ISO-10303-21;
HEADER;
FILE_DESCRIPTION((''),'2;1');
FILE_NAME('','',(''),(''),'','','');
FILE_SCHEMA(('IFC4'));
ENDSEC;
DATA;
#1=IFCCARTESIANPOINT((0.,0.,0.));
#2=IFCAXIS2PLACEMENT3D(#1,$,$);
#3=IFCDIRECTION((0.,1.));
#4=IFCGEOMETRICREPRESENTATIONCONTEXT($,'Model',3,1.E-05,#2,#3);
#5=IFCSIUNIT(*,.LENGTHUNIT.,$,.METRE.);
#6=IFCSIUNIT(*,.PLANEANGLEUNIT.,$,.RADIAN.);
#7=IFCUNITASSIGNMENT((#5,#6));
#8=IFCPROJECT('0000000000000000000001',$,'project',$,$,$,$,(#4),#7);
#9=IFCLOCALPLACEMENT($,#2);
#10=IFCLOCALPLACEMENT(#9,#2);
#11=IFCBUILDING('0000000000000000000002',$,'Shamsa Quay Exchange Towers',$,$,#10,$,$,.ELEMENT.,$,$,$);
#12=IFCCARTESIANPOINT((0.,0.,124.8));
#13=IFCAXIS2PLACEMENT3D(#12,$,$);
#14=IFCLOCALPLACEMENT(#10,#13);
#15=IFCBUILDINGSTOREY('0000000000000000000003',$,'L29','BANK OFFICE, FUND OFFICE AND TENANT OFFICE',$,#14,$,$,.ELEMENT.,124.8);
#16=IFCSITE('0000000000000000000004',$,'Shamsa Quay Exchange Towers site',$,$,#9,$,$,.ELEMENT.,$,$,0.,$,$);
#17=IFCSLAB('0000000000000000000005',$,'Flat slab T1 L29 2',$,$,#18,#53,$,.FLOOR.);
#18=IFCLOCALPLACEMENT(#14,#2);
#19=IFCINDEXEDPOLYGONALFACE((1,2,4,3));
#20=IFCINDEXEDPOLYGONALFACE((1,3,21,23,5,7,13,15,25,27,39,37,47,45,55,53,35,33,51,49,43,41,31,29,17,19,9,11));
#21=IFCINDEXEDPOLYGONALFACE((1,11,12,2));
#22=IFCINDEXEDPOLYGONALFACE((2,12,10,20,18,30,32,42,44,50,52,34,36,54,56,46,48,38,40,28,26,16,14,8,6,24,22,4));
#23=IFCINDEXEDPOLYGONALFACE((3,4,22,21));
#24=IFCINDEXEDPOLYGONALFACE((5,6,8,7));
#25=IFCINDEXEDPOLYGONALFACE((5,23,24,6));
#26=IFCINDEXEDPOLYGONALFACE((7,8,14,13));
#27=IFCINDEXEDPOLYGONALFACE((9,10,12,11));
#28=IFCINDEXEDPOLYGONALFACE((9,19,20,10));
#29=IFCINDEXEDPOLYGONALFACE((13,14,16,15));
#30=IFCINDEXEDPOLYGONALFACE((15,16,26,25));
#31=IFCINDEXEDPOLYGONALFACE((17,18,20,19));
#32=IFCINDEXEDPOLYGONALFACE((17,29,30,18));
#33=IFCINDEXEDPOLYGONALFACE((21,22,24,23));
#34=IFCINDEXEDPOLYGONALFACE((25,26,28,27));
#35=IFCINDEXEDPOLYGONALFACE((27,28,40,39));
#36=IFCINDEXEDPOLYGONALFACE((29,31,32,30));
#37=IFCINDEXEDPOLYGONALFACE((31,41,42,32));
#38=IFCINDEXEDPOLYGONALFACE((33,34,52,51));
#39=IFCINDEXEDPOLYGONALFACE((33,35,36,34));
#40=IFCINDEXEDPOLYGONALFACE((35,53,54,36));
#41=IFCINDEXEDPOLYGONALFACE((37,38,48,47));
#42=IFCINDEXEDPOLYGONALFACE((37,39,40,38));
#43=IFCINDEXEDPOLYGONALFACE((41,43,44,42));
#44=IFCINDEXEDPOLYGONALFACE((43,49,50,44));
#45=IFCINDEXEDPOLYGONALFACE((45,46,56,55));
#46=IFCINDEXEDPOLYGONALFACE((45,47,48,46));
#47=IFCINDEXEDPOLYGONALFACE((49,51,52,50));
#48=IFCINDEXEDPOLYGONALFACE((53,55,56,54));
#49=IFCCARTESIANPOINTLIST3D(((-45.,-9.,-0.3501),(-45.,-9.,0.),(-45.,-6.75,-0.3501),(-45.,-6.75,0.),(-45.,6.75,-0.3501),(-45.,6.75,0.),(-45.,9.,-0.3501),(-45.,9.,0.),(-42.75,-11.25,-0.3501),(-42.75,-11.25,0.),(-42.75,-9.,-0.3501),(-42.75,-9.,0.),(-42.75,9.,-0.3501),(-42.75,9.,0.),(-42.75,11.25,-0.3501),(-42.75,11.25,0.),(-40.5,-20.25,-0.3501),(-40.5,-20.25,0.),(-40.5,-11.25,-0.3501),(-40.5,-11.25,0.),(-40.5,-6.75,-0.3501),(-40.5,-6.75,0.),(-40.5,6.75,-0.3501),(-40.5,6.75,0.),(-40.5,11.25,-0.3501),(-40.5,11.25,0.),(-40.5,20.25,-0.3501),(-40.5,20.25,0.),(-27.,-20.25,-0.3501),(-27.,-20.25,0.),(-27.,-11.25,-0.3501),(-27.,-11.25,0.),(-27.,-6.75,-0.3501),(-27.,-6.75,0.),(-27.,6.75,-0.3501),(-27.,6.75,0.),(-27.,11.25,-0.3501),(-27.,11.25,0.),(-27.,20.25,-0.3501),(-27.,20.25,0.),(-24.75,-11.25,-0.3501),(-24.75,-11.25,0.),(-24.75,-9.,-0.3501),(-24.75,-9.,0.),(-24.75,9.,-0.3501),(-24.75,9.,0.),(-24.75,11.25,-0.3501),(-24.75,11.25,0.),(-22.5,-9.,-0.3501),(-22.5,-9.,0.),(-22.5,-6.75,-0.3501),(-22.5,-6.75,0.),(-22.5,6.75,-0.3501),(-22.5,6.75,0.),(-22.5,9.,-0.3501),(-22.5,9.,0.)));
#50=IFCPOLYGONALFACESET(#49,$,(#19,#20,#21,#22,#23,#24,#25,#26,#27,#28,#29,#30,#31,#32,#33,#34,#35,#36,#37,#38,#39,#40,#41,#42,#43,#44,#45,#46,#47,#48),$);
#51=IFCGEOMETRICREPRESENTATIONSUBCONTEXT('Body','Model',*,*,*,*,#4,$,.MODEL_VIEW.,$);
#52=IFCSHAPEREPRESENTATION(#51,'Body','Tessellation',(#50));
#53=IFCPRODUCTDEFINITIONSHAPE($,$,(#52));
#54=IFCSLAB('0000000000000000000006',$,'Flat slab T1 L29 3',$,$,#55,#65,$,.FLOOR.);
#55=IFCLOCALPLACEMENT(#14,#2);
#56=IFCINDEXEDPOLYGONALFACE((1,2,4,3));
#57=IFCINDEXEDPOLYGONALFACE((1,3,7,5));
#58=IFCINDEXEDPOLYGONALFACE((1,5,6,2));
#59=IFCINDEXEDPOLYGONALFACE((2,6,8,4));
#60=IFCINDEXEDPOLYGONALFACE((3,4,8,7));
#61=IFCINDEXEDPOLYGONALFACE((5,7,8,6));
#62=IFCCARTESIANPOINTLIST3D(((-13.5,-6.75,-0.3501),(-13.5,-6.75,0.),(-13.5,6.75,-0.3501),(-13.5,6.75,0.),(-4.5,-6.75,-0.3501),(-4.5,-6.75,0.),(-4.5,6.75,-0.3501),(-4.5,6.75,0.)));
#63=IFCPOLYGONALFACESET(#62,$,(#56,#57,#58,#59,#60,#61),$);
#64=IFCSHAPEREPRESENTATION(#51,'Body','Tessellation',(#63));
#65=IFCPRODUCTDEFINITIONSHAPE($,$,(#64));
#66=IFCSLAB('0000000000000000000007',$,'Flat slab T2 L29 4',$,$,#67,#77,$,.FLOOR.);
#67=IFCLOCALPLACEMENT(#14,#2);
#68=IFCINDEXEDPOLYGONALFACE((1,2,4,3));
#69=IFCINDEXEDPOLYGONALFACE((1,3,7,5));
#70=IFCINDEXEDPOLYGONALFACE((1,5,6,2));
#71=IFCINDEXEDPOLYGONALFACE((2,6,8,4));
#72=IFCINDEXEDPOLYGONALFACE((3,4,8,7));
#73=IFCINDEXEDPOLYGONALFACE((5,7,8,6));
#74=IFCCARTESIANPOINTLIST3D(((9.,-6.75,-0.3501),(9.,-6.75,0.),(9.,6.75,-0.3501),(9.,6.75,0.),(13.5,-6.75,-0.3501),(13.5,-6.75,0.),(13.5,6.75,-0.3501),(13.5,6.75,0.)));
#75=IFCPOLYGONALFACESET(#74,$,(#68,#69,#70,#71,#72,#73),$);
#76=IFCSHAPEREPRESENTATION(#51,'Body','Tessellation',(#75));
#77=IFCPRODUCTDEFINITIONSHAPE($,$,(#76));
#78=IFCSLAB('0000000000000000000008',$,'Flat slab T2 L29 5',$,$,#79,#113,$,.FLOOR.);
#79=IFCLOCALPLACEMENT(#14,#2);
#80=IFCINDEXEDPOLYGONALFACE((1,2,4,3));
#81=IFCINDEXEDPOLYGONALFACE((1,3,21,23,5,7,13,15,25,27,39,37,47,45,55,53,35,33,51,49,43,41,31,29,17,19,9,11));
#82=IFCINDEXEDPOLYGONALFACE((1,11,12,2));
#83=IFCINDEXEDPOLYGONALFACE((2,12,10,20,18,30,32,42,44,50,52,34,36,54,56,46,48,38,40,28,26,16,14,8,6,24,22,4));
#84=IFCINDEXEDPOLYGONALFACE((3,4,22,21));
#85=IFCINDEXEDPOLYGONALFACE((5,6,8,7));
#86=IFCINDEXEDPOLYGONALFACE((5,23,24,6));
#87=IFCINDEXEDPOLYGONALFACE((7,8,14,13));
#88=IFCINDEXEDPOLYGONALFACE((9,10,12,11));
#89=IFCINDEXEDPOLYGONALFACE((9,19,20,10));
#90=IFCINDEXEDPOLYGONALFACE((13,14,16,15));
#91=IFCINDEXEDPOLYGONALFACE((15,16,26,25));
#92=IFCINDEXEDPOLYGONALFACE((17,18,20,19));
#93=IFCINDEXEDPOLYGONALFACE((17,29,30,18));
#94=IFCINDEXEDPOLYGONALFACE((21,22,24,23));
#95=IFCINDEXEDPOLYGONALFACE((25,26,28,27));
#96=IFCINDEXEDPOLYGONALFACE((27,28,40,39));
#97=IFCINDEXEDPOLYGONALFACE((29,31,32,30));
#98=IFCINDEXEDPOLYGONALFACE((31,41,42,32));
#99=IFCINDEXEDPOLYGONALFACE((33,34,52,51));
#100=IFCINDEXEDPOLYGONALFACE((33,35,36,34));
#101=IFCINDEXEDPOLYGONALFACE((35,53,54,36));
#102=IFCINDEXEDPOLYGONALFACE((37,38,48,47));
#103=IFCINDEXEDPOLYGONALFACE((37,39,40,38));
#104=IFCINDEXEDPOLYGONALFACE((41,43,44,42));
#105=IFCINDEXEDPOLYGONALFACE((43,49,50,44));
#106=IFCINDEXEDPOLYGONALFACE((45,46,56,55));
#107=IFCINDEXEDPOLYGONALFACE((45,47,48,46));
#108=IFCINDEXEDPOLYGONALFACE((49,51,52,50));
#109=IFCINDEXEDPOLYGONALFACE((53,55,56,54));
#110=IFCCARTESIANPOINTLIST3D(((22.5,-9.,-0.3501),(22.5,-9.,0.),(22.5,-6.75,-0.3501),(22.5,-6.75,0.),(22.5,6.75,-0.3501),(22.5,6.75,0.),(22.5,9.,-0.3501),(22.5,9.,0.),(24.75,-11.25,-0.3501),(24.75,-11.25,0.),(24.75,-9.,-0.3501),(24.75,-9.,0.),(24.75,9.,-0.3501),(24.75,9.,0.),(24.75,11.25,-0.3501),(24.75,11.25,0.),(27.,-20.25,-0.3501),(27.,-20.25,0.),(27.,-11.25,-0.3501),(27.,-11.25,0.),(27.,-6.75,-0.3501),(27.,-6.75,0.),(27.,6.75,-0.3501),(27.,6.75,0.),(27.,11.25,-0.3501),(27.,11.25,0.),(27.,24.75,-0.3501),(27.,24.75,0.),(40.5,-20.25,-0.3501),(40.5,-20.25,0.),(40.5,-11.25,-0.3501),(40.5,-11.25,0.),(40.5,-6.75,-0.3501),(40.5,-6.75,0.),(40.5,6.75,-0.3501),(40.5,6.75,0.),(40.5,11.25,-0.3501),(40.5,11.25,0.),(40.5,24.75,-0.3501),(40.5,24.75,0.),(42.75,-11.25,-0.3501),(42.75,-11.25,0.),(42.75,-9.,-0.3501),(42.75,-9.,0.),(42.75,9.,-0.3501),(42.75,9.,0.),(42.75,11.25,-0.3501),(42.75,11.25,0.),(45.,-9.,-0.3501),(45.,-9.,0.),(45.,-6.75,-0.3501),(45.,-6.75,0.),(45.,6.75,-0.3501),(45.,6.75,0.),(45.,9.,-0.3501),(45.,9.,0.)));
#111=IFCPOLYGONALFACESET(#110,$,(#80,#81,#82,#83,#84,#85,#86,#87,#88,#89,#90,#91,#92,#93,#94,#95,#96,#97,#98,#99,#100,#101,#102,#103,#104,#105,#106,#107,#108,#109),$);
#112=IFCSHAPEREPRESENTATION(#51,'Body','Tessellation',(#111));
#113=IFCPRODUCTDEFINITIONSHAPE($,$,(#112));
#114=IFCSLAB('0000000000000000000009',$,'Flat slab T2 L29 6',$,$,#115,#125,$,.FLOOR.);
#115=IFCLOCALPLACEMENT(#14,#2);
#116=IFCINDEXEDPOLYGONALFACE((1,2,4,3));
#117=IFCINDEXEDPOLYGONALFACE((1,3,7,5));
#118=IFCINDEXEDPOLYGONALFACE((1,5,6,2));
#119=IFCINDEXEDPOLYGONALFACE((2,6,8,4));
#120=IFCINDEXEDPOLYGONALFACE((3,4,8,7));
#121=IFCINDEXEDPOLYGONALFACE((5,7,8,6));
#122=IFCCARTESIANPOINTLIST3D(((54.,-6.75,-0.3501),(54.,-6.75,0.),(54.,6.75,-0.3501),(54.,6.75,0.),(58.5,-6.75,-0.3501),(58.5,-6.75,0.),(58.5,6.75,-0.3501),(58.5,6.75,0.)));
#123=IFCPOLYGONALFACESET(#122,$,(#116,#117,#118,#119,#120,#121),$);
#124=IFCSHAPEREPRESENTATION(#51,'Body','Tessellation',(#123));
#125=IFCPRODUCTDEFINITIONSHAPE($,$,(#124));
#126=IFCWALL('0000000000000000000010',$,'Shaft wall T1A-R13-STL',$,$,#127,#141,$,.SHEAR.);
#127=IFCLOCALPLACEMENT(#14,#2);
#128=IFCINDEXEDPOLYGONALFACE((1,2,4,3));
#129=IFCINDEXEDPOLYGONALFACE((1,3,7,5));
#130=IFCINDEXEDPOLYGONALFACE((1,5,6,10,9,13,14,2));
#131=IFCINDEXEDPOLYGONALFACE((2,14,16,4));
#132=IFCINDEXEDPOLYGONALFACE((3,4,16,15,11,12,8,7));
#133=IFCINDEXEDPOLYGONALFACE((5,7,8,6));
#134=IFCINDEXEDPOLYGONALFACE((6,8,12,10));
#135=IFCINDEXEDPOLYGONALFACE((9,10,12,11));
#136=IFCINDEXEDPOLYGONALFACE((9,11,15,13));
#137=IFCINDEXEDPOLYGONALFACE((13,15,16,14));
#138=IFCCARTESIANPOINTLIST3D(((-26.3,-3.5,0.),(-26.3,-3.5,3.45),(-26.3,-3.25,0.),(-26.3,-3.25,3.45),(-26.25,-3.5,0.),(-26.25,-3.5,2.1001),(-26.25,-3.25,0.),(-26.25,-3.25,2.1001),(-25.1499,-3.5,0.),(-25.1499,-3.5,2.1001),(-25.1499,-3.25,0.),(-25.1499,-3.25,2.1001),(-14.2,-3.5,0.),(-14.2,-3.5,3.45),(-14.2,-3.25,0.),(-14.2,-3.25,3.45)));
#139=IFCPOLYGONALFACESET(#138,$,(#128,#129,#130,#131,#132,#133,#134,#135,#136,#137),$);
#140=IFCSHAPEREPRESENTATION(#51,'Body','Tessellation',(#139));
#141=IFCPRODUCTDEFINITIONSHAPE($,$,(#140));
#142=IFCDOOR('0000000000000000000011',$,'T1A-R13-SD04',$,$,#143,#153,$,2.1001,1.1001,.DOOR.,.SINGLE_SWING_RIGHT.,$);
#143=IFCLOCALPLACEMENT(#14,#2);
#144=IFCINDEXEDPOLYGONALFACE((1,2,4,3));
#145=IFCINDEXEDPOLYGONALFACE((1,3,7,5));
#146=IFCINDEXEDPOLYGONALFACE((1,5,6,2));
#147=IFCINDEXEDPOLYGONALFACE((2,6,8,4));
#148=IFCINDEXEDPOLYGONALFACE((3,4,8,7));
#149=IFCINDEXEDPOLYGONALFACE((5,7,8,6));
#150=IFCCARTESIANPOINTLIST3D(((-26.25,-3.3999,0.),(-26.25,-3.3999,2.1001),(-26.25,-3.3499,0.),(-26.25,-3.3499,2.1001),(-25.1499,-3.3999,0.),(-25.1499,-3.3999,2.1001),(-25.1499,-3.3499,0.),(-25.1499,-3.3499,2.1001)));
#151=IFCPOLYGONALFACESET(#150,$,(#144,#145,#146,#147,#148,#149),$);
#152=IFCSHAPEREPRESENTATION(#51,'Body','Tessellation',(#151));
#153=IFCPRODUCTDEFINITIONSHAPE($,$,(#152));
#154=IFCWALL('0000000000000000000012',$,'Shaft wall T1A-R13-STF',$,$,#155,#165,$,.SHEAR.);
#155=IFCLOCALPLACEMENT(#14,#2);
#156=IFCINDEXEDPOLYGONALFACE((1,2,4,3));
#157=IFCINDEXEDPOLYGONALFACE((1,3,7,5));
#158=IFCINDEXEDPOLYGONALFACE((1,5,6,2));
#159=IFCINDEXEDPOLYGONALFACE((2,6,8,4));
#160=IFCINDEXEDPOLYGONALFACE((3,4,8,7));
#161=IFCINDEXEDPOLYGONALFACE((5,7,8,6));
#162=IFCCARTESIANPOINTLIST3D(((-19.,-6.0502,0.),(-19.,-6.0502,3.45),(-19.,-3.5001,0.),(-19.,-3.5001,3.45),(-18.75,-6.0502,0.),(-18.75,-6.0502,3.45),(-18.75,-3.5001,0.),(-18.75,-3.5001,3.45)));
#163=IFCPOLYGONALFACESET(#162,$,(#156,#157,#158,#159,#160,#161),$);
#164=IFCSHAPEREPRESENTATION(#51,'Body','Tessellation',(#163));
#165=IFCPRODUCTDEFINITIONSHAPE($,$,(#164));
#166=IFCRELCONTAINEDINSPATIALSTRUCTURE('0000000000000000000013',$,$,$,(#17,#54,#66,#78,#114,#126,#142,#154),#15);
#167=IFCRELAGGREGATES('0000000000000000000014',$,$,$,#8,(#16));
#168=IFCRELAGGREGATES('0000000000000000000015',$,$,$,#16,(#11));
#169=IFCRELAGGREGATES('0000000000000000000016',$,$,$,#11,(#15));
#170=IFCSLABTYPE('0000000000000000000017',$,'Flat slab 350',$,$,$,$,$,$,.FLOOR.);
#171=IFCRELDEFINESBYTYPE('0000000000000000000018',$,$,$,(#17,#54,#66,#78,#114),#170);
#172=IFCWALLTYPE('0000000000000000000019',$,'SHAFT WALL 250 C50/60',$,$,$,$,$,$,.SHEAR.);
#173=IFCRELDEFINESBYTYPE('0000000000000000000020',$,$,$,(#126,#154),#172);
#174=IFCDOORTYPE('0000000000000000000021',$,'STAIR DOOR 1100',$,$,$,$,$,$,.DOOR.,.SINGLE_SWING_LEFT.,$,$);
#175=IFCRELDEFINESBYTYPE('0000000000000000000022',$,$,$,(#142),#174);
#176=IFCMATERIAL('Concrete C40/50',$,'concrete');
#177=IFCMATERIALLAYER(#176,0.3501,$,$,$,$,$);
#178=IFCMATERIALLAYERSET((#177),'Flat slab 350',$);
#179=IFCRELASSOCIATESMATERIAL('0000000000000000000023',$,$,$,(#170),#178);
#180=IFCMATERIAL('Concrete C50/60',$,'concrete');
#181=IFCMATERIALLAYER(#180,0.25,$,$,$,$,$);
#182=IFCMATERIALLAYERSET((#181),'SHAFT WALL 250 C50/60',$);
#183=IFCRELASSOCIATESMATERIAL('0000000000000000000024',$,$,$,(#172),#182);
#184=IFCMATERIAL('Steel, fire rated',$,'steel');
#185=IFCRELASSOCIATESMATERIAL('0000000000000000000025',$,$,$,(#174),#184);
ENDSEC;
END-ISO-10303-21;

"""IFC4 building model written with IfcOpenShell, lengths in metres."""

from ifc_helpers import new_model, si_unit, direction, frame, frame_2d, origin, place, context, subcontext, project, spatial, polyline, rectangle, outline, extrude, material, layer, layer_set, type_object, element, fill, save


model = new_model("IFC4")

# Units and contexts
model_context = context("Model", 3, precision=1e-05, world=origin(), true_north=direction((0.0, 1.0)))
body_context = subcontext(model_context, "Body", "Model", "MODEL_VIEW")
ifc_project = project(units=[si_unit("LENGTHUNIT", "METRE"), si_unit("PLANEANGLEUNIT", "RADIAN")], contexts=[model_context])

# Site, building, storey
site_placement = place(None, origin())
site = spatial("IfcSite", under=ifc_project, at=site_placement, Name="Shamsa Quay Exchange Towers site", CompositionType="ELEMENT", RefElevation=0.0)
building_placement = place(site_placement, origin())
building = spatial("IfcBuilding", under=site, at=building_placement, Name="Shamsa Quay Exchange Towers", CompositionType="ELEMENT")
storey_placement = place(building_placement, frame((0.0, 0.0, 124.8)))
storey = spatial("IfcBuildingStorey", under=building, at=storey_placement, Name="L29", Description="BANK OFFICE, FUND OFFICE AND TENANT OFFICE", CompositionType="ELEMENT", Elevation=124.8)

# Slabs
ifc_material_1 = material(Name="Concrete C40/50", Category="concrete")
ifc_layer_1 = layer(ifc_material_1, 0.3501)
ifc_layer_set_1 = layer_set([ifc_layer_1], Name="Flat slab 350")
slab_type = type_object("IfcSlabType", Name="Flat slab 350", PredefinedType="FLOOR", material=ifc_layer_set_1)
slab_1_placement = place(storey_placement, frame((0.0, 0.0, -0.3501)))
element("IfcSlab", 1, at=slab_1_placement, inside=storey, type_object=slab_type, Name="Flat slab T1 L29 2", PredefinedType="FLOOR", context=body_context, shape_type="SweptSolid", body=[
    extrude(outline(polyline([(-22.5, -9.0), (-22.5, -6.75), (-27.0, -6.75), (-27.0, 6.75), (-22.5, 6.75), (-22.5, 9.0), (-24.75, 9.0), (-24.75, 11.25), (-27.0, 11.25), (-27.0, 20.25), (-40.5, 20.25), (-40.5, 11.25), (-42.75, 11.25), (-42.75, 9.0), (-45.0, 9.0), (-45.0, 6.75), (-40.5, 6.75), (-40.5, -6.75), (-45.0, -6.75), (-45.0, -9.0), (-42.75, -9.0), (-42.75, -11.25), (-40.5, -11.25), (-40.5, -20.25), (-27.0, -20.25), (-27.0, -11.25), (-24.75, -11.25), (-24.75, -9.0), (-22.5, -9.0)])), origin(), (0.0, 0.0, 1.0), 0.3501),
])
slab_2_placement = place(storey_placement, frame((0.0, 0.0, -0.3501)))
element("IfcSlab", 2, at=slab_2_placement, inside=storey, type_object=slab_type, Name="Flat slab T1 L29 3", PredefinedType="FLOOR", context=body_context, shape_type="SweptSolid", body=[
    extrude(outline(polyline([(-4.5, 6.75), (-13.5, 6.75), (-13.5, -6.75), (-4.5, -6.75), (-4.5, 6.75)])), origin(), (0.0, 0.0, 1.0), 0.3501),
])
slab_3_placement = place(storey_placement, frame((0.0, 0.0, -0.3501)))
element("IfcSlab", 3, at=slab_3_placement, inside=storey, type_object=slab_type, Name="Flat slab T2 L29 4", PredefinedType="FLOOR", context=body_context, shape_type="SweptSolid", body=[
    extrude(outline(polyline([(9.0, -6.75), (13.5, -6.75), (13.5, 6.75), (9.0, 6.75), (9.0, -6.75)])), origin(), (0.0, 0.0, 1.0), 0.3501),
])
slab_4_placement = place(storey_placement, frame((0.0, 0.0, -0.3501)))
element("IfcSlab", 4, at=slab_4_placement, inside=storey, type_object=slab_type, Name="Flat slab T2 L29 5", PredefinedType="FLOOR", context=body_context, shape_type="SweptSolid", body=[
    extrude(outline(polyline([(45.0, -9.0), (45.0, -6.75), (40.5, -6.75), (40.5, 6.75), (45.0, 6.75), (45.0, 9.0), (42.75, 9.0), (42.75, 11.25), (40.5, 11.25), (40.5, 24.75), (27.0, 24.75), (27.0, 11.25), (24.75, 11.25), (24.75, 9.0), (22.5, 9.0), (22.5, 6.75), (27.0, 6.75), (27.0, -6.75), (22.5, -6.75), (22.5, -9.0), (24.75, -9.0), (24.75, -11.25), (27.0, -11.25), (27.0, -20.25), (40.5, -20.25), (40.5, -11.25), (42.75, -11.25), (42.75, -9.0), (45.0, -9.0)])), origin(), (0.0, 0.0, 1.0), 0.3501),
])
slab_5_placement = place(storey_placement, frame((0.0, 0.0, -0.3501)))
element("IfcSlab", 5, at=slab_5_placement, inside=storey, type_object=slab_type, Name="Flat slab T2 L29 6", PredefinedType="FLOOR", context=body_context, shape_type="SweptSolid", body=[
    extrude(outline(polyline([(58.5, 6.75), (54.0, 6.75), (54.0, -6.75), (58.5, -6.75), (58.5, 6.75)])), origin(), (0.0, 0.0, 1.0), 0.3501),
])

# Wall, opening, door
ifc_material_2 = material(Name="Concrete C50/60", Category="concrete")
ifc_layer_2 = layer(ifc_material_2, 0.25)
ifc_layer_set_2 = layer_set([ifc_layer_2], Name="SHAFT WALL 250 C50/60")
wall_type = type_object("IfcWallType", Name="SHAFT WALL 250 C50/60", PredefinedType="SHEAR", material=ifc_layer_set_2)
wall_1_placement = place(storey_placement, frame((-14.2, -3.375, 0.0), z_axis=(0.0, 0.0, 1.0), x_axis=(-1.0, 0.0, 0.0)))
wall_1 = element("IfcWall", 6, at=wall_1_placement, inside=storey, type_object=wall_type, Name="Shaft wall T1A-R13-STL", PredefinedType="SHEAR", context=body_context, shape_type="SweptSolid", body=[
    extrude(rectangle(XDim=12.1001, YDim=0.25, at=frame_2d((6.05, 0.0))), origin(), (0.0, 0.0, 1.0), 3.45),
])
opening_1_placement = place(wall_1_placement, frame((10.95, 0.0, 0.0)))
opening_1 = element("IfcOpeningElement", 7, at=opening_1_placement, cuts=wall_1, PredefinedType="OPENING", context=body_context, shape_type="SweptSolid", body=[
    extrude(rectangle(XDim=1.1001, YDim=2.1001, at=frame_2d((0.55, 1.05))), frame((0.0, 0.135, 0.0), z_axis=(0.0, -1.0, 0.0), x_axis=(1.0, 0.0, 0.0)), (0.0, 0.0, 1.0), 0.27),
])
ifc_material_3 = material(Name="Steel, fire rated", Category="steel")
door_type_1 = type_object("IfcDoorType", Name="STAIR DOOR 1100", OperationType="SINGLE_SWING_LEFT", PredefinedType="DOOR", material=ifc_material_3)
door_1_placement = place(opening_1_placement, origin())
door_1 = element("IfcDoor", 8, at=door_1_placement, inside=storey, type_object=door_type_1, Name="T1A-R13-SD04", OperationType="SINGLE_SWING_RIGHT", OverallHeight=2.1001, OverallWidth=1.1001, PredefinedType="DOOR", context=body_context, shape_type="SweptSolid", body=[
    extrude(rectangle(XDim=1.1001, YDim=2.1001, at=frame_2d((0.55, 1.05))), frame((0.0, 0.0249, 0.0), z_axis=(0.0, -1.0, 0.0), x_axis=(1.0, 0.0, 0.0)), (0.0, 0.0, 1.0), 0.05),
])
fill(opening_1, door_1)

# Wall
wall_2_placement = place(storey_placement, frame((-18.875, -6.05, 0.0), z_axis=(0.0, 0.0, 1.0), x_axis=(0.0, 1.0, 0.0)))
element("IfcWall", 9, at=wall_2_placement, inside=storey, type_object=wall_type, Name="Shaft wall T1A-R13-STF", PredefinedType="SHEAR", context=body_context, shape_type="SweptSolid", body=[
    extrude(rectangle(XDim=2.55, YDim=0.25, at=frame_2d((1.2749, 0.0))), origin(), (0.0, 0.0, 1.0), 3.45),
])

save(model, "model.ifc")
